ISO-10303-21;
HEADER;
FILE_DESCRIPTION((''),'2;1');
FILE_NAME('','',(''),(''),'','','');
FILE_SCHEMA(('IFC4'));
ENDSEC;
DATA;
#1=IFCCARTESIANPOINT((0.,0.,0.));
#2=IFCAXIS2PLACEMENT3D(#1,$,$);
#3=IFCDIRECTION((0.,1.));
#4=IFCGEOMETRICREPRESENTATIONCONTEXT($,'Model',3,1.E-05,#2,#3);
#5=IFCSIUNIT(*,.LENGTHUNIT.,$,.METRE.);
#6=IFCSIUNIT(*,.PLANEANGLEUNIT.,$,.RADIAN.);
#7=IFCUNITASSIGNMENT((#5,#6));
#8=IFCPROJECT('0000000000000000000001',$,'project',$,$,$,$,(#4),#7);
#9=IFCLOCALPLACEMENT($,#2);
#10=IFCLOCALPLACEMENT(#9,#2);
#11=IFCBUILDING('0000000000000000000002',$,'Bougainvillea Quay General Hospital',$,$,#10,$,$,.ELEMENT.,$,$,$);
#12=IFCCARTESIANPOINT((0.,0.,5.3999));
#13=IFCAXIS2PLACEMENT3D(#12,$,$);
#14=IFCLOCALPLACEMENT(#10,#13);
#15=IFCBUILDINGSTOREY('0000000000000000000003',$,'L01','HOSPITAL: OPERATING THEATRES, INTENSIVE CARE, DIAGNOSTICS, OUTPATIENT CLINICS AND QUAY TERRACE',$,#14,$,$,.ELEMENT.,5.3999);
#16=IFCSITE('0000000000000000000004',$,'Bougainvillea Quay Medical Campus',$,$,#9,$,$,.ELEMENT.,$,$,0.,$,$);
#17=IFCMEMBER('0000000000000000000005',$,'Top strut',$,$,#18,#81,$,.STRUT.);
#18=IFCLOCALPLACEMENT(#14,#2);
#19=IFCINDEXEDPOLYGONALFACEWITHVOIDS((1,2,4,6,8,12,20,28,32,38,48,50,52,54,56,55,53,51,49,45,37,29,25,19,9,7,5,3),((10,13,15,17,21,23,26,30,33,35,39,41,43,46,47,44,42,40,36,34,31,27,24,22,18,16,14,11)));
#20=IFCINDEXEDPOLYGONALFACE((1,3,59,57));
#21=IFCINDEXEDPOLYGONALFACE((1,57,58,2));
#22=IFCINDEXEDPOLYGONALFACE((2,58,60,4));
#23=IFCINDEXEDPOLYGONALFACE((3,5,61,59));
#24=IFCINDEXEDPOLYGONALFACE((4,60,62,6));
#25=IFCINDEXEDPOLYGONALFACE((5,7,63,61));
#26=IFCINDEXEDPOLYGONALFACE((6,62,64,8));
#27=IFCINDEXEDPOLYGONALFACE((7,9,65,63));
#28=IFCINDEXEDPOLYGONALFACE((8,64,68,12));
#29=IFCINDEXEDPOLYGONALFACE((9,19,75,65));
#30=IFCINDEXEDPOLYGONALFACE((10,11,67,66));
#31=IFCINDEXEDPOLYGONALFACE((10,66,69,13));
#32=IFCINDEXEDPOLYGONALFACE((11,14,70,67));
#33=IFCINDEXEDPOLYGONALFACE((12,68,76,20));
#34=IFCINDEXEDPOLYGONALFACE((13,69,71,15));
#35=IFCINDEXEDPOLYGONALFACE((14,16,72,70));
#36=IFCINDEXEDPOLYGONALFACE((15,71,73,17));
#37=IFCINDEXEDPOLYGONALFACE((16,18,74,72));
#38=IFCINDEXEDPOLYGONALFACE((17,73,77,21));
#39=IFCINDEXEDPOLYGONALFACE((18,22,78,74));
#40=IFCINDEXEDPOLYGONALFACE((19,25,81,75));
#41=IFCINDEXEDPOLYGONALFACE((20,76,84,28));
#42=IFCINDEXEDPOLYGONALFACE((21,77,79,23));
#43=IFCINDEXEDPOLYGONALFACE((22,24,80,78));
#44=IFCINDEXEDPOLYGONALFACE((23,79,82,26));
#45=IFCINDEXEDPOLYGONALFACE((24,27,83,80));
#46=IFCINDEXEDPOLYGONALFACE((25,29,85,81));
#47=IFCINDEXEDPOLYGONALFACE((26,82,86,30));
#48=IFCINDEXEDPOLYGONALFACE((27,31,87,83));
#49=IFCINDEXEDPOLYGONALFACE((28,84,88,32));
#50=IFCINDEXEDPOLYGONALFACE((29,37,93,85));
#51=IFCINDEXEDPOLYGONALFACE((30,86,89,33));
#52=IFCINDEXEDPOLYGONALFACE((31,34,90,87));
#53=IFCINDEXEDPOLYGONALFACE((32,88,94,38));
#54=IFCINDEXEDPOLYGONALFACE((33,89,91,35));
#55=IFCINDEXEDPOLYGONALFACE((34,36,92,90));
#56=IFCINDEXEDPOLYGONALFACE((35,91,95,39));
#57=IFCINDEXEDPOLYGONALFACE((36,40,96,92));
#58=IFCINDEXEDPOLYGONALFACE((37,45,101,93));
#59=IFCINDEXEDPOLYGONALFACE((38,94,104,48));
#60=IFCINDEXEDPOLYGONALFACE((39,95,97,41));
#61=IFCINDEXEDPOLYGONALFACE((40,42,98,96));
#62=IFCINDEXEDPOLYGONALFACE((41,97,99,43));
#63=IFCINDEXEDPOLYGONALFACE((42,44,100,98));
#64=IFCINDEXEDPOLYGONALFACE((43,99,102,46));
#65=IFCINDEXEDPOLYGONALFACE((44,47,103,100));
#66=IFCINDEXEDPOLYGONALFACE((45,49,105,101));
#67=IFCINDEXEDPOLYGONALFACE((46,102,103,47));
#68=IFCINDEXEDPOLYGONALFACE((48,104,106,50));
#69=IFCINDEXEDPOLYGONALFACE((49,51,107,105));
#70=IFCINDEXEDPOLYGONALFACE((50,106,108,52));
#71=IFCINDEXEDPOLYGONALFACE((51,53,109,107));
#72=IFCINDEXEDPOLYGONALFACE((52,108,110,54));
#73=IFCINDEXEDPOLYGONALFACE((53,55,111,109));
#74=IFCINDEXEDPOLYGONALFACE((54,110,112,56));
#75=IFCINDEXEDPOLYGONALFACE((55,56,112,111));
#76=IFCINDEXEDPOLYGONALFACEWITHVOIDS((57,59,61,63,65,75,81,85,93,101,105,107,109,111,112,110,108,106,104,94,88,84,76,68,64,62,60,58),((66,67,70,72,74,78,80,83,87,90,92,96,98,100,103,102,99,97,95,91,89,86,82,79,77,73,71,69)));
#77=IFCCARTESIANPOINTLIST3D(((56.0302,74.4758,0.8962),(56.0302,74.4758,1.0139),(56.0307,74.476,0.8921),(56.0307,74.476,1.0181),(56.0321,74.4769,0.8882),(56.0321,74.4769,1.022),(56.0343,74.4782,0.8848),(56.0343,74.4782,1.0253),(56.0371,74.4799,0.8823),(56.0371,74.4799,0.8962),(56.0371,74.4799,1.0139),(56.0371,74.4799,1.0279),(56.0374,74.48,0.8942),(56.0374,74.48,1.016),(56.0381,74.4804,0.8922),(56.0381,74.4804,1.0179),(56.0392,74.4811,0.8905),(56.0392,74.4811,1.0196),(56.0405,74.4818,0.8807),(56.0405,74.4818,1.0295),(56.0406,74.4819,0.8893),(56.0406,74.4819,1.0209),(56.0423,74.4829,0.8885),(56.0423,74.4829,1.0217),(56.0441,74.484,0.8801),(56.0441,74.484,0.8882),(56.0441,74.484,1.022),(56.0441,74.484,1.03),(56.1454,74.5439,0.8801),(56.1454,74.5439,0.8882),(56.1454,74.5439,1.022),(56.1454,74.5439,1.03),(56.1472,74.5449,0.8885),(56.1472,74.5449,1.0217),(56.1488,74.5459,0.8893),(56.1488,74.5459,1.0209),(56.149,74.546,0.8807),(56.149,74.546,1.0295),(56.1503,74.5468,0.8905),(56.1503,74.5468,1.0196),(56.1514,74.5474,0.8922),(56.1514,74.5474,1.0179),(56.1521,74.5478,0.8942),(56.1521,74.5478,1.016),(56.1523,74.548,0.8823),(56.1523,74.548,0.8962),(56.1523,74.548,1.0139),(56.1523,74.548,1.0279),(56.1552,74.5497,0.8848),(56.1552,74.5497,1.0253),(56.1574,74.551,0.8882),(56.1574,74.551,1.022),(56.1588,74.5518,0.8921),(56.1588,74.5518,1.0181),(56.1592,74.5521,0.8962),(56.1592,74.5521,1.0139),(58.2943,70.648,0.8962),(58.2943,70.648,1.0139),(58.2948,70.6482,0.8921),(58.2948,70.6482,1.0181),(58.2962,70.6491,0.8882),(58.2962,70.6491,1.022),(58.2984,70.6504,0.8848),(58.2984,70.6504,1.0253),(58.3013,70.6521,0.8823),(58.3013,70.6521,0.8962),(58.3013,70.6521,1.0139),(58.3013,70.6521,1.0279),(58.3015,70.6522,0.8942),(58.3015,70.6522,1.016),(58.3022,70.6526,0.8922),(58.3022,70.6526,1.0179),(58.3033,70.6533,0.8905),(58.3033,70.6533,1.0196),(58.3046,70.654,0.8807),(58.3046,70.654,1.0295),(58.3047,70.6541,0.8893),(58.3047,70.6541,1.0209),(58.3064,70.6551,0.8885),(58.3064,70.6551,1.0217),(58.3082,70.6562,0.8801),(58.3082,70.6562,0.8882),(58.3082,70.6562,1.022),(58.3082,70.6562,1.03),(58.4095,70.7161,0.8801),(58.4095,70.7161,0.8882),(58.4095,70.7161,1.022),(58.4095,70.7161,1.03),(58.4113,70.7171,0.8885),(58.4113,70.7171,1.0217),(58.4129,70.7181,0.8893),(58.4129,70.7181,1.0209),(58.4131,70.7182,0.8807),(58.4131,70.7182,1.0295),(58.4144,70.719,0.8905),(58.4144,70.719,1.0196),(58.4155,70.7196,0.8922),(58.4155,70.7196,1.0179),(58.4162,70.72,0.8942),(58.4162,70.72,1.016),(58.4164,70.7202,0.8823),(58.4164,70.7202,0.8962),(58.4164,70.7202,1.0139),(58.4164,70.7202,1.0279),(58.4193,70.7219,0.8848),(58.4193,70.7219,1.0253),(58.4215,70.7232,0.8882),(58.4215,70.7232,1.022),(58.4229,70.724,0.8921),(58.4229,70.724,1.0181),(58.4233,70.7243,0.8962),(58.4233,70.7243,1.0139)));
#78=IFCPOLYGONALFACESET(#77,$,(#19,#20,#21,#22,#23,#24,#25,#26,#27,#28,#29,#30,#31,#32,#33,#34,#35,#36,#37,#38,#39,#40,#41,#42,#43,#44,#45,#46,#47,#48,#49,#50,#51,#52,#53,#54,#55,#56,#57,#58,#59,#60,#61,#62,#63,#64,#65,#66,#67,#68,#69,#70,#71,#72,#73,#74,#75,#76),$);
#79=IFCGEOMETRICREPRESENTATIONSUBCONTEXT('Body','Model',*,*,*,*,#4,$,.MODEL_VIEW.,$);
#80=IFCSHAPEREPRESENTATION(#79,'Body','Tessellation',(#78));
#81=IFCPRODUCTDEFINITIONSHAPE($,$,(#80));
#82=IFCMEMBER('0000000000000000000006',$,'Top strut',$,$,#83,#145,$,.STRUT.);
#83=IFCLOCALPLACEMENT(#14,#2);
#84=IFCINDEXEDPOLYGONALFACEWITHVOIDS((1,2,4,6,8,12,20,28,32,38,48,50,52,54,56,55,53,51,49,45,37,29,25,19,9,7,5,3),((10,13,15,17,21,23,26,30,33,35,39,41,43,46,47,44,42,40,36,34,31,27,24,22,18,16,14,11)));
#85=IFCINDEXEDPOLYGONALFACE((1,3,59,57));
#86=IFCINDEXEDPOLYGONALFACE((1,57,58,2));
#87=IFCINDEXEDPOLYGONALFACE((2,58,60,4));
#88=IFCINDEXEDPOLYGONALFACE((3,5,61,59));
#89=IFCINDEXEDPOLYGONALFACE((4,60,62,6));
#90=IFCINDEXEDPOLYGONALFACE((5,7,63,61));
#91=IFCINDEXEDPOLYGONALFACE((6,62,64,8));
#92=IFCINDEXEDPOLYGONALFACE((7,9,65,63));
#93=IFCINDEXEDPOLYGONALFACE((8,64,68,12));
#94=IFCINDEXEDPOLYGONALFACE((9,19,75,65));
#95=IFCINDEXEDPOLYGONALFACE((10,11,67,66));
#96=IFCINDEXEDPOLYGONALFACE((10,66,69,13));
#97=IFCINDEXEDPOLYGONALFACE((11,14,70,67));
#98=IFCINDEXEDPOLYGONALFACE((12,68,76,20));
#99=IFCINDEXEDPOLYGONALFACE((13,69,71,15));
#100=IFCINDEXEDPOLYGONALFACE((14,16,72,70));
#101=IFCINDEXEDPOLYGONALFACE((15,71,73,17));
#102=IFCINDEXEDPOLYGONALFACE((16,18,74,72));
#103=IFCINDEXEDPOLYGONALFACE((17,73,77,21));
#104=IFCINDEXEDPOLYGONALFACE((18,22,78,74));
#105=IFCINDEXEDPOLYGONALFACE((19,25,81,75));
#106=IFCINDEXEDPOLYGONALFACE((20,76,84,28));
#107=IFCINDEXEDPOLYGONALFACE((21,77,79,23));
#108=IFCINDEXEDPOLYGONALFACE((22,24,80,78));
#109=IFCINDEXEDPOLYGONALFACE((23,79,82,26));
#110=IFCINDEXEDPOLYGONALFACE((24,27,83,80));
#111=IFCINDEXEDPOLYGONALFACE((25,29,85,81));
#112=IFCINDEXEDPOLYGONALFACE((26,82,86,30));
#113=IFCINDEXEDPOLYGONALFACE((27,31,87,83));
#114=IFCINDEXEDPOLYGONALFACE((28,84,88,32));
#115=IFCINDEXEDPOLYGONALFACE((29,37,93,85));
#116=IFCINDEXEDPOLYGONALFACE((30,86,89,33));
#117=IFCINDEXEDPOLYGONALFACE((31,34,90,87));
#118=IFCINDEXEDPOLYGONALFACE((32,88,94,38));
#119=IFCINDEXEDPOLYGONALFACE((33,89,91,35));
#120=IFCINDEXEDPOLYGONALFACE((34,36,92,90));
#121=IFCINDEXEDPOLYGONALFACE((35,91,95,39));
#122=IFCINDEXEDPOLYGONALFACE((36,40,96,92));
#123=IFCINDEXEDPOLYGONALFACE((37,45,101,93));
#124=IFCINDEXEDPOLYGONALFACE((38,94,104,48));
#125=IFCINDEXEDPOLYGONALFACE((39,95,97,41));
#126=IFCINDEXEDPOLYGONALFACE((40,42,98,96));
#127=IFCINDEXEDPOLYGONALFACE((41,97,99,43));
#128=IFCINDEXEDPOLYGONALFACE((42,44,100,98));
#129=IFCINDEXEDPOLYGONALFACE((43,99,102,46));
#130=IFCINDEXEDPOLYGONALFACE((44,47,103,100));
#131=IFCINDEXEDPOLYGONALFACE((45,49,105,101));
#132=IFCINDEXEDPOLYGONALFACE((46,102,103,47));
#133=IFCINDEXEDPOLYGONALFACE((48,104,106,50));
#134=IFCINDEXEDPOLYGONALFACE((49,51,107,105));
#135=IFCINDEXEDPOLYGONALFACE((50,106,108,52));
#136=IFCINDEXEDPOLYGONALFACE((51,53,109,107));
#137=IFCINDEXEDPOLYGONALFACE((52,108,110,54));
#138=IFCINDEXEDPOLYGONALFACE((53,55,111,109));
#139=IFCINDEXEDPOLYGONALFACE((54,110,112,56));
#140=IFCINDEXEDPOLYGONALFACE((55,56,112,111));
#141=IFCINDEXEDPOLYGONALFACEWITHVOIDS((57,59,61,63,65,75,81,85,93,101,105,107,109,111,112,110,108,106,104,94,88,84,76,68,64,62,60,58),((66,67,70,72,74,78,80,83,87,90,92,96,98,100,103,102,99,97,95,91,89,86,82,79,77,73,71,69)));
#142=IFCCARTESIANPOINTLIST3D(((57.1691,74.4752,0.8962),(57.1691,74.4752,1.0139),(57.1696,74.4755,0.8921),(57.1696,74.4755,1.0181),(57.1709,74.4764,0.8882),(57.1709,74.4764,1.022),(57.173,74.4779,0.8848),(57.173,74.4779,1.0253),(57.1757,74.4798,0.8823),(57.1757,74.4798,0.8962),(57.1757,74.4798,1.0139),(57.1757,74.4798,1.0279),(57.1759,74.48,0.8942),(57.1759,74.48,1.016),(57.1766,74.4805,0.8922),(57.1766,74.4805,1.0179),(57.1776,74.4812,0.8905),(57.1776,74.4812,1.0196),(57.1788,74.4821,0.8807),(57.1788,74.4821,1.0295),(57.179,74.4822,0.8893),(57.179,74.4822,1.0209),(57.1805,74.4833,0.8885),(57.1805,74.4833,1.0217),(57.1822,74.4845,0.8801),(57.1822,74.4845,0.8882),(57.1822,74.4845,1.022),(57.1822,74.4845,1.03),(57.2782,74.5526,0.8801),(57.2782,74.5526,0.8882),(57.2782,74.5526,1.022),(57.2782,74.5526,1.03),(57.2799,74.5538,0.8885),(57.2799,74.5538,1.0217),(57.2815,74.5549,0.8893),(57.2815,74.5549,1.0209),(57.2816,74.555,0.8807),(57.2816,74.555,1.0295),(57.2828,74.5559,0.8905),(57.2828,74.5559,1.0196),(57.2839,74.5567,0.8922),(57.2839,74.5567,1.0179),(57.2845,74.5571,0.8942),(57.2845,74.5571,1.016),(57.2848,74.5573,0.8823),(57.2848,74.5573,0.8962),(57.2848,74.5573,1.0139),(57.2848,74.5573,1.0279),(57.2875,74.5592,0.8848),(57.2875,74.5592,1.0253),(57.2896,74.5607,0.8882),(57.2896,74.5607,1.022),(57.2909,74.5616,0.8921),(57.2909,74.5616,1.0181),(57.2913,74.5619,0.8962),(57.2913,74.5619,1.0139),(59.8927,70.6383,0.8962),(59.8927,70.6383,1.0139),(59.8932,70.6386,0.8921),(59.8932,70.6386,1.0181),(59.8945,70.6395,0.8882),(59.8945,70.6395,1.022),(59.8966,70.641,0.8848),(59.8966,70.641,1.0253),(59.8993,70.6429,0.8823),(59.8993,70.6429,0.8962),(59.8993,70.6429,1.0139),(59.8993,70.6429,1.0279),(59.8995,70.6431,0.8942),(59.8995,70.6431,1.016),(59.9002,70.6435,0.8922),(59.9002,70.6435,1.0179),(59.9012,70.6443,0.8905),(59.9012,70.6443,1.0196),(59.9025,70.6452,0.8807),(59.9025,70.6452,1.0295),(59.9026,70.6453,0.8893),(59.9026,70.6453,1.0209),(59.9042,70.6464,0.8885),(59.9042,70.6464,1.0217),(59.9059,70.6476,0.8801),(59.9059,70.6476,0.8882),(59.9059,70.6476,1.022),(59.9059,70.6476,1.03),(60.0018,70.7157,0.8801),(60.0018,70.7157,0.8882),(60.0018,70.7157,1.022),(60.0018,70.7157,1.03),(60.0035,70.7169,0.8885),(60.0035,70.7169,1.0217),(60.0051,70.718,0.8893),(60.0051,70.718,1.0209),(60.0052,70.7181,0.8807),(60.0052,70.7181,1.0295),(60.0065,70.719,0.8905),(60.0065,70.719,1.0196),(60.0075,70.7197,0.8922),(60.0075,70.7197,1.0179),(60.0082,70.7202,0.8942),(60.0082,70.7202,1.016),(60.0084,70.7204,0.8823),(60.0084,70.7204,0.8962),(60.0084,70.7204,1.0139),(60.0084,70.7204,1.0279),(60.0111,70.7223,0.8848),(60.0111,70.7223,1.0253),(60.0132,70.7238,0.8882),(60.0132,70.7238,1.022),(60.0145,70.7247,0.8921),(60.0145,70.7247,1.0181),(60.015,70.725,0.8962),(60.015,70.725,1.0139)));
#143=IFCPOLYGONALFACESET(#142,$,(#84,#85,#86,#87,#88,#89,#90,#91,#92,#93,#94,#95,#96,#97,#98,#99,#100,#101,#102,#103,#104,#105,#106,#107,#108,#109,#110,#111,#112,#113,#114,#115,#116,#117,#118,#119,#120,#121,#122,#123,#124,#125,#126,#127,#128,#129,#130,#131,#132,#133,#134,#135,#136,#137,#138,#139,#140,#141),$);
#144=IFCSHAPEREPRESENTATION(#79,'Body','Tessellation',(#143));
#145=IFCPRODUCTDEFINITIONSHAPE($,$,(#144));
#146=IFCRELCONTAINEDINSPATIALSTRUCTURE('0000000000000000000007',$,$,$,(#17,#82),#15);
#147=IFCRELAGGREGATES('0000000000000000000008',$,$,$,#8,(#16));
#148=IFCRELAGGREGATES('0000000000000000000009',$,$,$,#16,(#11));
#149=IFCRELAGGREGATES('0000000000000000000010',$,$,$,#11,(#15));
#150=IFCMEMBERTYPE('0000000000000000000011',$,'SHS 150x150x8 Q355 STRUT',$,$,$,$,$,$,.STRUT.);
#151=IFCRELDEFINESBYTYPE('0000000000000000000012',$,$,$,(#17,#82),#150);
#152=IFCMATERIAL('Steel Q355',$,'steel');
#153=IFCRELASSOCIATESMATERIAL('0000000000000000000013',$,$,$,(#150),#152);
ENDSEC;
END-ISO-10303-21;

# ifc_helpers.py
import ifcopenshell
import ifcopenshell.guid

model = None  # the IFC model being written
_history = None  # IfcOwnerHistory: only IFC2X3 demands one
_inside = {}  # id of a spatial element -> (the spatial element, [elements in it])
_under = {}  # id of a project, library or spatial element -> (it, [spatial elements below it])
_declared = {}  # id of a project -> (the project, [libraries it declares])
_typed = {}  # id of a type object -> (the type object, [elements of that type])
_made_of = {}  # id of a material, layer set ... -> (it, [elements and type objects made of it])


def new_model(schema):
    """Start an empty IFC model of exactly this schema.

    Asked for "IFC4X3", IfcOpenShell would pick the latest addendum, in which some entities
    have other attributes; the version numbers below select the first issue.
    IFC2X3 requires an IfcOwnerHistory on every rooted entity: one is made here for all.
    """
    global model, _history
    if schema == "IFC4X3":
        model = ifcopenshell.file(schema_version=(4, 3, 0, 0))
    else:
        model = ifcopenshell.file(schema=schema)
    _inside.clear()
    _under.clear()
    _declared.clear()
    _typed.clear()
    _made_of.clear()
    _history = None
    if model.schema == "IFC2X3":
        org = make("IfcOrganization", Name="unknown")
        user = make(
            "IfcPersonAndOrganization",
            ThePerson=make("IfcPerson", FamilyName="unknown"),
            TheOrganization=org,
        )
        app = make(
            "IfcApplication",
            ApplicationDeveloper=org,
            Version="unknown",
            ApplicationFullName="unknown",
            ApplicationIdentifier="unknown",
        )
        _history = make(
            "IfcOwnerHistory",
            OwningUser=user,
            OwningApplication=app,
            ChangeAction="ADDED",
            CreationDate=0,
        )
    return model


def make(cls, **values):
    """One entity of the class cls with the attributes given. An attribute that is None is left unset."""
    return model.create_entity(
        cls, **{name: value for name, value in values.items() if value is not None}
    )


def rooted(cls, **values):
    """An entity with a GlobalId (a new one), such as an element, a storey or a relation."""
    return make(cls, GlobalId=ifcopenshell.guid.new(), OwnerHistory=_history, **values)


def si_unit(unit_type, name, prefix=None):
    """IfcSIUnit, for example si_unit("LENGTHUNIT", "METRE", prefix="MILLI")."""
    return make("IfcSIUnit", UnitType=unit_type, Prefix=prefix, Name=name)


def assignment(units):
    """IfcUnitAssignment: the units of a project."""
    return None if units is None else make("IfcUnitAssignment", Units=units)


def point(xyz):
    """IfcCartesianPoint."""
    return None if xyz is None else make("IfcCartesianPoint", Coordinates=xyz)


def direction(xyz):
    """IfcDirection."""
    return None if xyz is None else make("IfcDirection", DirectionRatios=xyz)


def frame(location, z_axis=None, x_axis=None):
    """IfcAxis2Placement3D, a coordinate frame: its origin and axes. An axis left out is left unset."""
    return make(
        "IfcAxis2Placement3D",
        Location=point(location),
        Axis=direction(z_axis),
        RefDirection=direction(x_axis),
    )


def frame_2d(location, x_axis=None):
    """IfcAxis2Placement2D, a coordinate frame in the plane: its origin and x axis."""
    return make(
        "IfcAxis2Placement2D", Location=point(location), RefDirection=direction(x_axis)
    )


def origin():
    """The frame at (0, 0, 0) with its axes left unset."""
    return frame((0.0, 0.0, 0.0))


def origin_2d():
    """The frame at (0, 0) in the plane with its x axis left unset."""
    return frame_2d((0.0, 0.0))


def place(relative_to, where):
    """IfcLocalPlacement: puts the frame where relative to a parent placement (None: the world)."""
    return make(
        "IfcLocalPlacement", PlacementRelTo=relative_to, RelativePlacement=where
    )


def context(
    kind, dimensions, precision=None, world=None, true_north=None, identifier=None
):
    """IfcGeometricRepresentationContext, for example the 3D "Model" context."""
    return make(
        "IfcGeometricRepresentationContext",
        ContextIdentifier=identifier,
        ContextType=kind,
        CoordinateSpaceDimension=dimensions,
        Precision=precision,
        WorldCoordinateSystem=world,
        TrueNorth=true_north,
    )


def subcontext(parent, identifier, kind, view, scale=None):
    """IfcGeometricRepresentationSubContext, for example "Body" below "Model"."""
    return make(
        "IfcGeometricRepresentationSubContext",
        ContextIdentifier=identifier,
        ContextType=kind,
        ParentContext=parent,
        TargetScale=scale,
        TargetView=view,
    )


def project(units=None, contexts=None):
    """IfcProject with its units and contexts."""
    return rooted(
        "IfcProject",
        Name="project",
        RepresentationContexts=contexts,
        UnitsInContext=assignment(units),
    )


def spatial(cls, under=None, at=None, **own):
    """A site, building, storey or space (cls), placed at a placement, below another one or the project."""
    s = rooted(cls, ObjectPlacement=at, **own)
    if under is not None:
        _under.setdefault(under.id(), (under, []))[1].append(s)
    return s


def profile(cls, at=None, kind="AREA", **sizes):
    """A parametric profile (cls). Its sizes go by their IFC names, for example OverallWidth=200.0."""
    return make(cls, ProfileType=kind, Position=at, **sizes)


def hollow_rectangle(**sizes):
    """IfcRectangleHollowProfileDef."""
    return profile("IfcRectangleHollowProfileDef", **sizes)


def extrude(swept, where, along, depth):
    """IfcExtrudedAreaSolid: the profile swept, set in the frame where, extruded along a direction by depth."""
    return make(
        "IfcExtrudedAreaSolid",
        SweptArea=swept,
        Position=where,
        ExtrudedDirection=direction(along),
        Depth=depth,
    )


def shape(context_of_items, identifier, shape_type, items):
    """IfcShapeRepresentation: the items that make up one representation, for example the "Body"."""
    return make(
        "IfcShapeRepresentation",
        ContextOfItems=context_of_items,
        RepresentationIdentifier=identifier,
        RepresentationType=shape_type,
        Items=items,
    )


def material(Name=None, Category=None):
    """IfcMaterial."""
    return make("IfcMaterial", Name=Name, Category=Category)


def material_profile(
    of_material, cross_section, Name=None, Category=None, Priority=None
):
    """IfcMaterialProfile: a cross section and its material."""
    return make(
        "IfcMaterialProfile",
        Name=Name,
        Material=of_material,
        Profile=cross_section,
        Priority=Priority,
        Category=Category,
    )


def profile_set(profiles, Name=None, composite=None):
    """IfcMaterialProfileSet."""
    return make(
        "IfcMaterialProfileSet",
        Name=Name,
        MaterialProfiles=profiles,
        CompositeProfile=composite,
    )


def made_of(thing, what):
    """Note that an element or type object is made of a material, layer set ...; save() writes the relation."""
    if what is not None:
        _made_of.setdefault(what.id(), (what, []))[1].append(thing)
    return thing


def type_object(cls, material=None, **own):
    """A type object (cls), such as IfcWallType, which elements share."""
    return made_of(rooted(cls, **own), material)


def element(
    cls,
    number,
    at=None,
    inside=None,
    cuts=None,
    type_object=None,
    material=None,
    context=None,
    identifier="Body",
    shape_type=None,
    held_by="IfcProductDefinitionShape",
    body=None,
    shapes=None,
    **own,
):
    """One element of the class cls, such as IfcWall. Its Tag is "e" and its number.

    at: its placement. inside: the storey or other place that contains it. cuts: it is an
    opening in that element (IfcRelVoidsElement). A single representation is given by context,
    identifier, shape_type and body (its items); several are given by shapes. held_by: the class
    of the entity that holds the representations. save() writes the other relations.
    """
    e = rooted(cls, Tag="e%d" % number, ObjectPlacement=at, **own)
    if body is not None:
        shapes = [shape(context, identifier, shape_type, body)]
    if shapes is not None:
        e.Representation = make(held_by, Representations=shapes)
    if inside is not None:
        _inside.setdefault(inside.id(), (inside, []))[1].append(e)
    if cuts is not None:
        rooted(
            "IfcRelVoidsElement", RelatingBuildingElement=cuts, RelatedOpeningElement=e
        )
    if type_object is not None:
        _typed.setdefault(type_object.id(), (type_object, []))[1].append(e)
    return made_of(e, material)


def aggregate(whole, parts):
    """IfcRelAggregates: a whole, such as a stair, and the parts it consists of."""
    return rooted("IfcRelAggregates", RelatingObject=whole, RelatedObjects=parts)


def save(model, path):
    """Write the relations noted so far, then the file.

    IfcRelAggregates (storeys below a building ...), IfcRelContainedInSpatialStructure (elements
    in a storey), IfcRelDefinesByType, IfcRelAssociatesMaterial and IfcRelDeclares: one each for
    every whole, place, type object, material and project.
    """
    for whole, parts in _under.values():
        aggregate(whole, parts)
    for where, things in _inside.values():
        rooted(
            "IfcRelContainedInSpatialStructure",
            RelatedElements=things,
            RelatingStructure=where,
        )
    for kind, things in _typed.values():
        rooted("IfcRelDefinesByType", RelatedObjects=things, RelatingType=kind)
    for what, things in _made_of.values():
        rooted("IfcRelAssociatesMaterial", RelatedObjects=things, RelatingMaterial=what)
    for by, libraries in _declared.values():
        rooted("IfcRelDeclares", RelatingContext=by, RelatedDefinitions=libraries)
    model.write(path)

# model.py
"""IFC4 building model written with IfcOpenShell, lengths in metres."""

from ifc_helpers import new_model, si_unit, direction, frame, origin, origin_2d, place, context, subcontext, project, spatial, hollow_rectangle, extrude, material, material_profile, profile_set, type_object, element, save


model = new_model("IFC4")

# Units and contexts
model_context = context("Model", 3, precision=1e-05, world=origin(), true_north=direction((0.0, 1.0)))
body_context = subcontext(model_context, "Body", "Model", "MODEL_VIEW")
ifc_project = project(units=[si_unit("LENGTHUNIT", "METRE"), si_unit("PLANEANGLEUNIT", "RADIAN")], contexts=[model_context])

# Site, building, storey
site_placement = place(None, origin())
site = spatial("IfcSite", under=ifc_project, at=site_placement, Name="Bougainvillea Quay Medical Campus", CompositionType="ELEMENT", RefElevation=0.0)
building_placement = place(site_placement, origin())
building = spatial("IfcBuilding", under=site, at=building_placement, Name="Bougainvillea Quay General Hospital", CompositionType="ELEMENT")
storey_placement = place(building_placement, frame((0.0, 0.0, 5.3999)))
storey = spatial("IfcBuildingStorey", under=building, at=storey_placement, Name="L01", Description="HOSPITAL: OPERATING THEATRES, INTENSIVE CARE, DIAGNOSTICS, OUTPATIENT CLINICS AND QUAY TERRACE", CompositionType="ELEMENT", Elevation=5.3999)

# Members
ifc_material_1 = material(Name="Steel Q355", Category="steel")
ifc_material_profile_1 = material_profile(ifc_material_1, hollow_rectangle(XDim=0.1499, YDim=0.1499, WallThickness=0.0081, InnerFilletRadius=0.0081, OuterFilletRadius=0.0161, at=origin_2d()))
ifc_profile_set_1 = profile_set([ifc_material_profile_1], Name="Steel Q355")
member_type_1 = type_object("IfcMemberType", Name="SHS 150x150x8 Q355 STRUT", PredefinedType="STRUT", material=ifc_profile_set_1)
member_1_placement = place(storey_placement, frame((56.0947, 74.5139, 0.9551), z_axis=(0.509101, -0.860707, 0.0), x_axis=(0.860707, 0.509101, 0.0)))
element("IfcMember", 1, at=member_1_placement, inside=storey, type_object=member_type_1, Name="Top strut", PredefinedType="STRUT", context=body_context, shape_type="SweptSolid", body=[
    extrude(hollow_rectangle(XDim=0.1499, YDim=0.1499, WallThickness=0.0081, InnerFilletRadius=0.0081, OuterFilletRadius=0.0161, at=origin_2d()), origin(), (0.0, 0.0, 1.0), 4.4473),
])
member_2_placement = place(storey_placement, frame((57.2302, 74.5186, 0.9551), z_axis=(0.578841, -0.815441, 0.0), x_axis=(0.815441, 0.578841, 0.0)))
element("IfcMember", 2, at=member_2_placement, inside=storey, type_object=member_type_1, Name="Top strut", PredefinedType="STRUT", context=body_context, shape_type="SweptSolid", body=[
    extrude(hollow_rectangle(XDim=0.1499, YDim=0.1499, WallThickness=0.0081, InnerFilletRadius=0.0081, OuterFilletRadius=0.0161, at=origin_2d()), origin(), (0.0, 0.0, 1.0), 4.7053),
])

save(model, "model.ifc")
